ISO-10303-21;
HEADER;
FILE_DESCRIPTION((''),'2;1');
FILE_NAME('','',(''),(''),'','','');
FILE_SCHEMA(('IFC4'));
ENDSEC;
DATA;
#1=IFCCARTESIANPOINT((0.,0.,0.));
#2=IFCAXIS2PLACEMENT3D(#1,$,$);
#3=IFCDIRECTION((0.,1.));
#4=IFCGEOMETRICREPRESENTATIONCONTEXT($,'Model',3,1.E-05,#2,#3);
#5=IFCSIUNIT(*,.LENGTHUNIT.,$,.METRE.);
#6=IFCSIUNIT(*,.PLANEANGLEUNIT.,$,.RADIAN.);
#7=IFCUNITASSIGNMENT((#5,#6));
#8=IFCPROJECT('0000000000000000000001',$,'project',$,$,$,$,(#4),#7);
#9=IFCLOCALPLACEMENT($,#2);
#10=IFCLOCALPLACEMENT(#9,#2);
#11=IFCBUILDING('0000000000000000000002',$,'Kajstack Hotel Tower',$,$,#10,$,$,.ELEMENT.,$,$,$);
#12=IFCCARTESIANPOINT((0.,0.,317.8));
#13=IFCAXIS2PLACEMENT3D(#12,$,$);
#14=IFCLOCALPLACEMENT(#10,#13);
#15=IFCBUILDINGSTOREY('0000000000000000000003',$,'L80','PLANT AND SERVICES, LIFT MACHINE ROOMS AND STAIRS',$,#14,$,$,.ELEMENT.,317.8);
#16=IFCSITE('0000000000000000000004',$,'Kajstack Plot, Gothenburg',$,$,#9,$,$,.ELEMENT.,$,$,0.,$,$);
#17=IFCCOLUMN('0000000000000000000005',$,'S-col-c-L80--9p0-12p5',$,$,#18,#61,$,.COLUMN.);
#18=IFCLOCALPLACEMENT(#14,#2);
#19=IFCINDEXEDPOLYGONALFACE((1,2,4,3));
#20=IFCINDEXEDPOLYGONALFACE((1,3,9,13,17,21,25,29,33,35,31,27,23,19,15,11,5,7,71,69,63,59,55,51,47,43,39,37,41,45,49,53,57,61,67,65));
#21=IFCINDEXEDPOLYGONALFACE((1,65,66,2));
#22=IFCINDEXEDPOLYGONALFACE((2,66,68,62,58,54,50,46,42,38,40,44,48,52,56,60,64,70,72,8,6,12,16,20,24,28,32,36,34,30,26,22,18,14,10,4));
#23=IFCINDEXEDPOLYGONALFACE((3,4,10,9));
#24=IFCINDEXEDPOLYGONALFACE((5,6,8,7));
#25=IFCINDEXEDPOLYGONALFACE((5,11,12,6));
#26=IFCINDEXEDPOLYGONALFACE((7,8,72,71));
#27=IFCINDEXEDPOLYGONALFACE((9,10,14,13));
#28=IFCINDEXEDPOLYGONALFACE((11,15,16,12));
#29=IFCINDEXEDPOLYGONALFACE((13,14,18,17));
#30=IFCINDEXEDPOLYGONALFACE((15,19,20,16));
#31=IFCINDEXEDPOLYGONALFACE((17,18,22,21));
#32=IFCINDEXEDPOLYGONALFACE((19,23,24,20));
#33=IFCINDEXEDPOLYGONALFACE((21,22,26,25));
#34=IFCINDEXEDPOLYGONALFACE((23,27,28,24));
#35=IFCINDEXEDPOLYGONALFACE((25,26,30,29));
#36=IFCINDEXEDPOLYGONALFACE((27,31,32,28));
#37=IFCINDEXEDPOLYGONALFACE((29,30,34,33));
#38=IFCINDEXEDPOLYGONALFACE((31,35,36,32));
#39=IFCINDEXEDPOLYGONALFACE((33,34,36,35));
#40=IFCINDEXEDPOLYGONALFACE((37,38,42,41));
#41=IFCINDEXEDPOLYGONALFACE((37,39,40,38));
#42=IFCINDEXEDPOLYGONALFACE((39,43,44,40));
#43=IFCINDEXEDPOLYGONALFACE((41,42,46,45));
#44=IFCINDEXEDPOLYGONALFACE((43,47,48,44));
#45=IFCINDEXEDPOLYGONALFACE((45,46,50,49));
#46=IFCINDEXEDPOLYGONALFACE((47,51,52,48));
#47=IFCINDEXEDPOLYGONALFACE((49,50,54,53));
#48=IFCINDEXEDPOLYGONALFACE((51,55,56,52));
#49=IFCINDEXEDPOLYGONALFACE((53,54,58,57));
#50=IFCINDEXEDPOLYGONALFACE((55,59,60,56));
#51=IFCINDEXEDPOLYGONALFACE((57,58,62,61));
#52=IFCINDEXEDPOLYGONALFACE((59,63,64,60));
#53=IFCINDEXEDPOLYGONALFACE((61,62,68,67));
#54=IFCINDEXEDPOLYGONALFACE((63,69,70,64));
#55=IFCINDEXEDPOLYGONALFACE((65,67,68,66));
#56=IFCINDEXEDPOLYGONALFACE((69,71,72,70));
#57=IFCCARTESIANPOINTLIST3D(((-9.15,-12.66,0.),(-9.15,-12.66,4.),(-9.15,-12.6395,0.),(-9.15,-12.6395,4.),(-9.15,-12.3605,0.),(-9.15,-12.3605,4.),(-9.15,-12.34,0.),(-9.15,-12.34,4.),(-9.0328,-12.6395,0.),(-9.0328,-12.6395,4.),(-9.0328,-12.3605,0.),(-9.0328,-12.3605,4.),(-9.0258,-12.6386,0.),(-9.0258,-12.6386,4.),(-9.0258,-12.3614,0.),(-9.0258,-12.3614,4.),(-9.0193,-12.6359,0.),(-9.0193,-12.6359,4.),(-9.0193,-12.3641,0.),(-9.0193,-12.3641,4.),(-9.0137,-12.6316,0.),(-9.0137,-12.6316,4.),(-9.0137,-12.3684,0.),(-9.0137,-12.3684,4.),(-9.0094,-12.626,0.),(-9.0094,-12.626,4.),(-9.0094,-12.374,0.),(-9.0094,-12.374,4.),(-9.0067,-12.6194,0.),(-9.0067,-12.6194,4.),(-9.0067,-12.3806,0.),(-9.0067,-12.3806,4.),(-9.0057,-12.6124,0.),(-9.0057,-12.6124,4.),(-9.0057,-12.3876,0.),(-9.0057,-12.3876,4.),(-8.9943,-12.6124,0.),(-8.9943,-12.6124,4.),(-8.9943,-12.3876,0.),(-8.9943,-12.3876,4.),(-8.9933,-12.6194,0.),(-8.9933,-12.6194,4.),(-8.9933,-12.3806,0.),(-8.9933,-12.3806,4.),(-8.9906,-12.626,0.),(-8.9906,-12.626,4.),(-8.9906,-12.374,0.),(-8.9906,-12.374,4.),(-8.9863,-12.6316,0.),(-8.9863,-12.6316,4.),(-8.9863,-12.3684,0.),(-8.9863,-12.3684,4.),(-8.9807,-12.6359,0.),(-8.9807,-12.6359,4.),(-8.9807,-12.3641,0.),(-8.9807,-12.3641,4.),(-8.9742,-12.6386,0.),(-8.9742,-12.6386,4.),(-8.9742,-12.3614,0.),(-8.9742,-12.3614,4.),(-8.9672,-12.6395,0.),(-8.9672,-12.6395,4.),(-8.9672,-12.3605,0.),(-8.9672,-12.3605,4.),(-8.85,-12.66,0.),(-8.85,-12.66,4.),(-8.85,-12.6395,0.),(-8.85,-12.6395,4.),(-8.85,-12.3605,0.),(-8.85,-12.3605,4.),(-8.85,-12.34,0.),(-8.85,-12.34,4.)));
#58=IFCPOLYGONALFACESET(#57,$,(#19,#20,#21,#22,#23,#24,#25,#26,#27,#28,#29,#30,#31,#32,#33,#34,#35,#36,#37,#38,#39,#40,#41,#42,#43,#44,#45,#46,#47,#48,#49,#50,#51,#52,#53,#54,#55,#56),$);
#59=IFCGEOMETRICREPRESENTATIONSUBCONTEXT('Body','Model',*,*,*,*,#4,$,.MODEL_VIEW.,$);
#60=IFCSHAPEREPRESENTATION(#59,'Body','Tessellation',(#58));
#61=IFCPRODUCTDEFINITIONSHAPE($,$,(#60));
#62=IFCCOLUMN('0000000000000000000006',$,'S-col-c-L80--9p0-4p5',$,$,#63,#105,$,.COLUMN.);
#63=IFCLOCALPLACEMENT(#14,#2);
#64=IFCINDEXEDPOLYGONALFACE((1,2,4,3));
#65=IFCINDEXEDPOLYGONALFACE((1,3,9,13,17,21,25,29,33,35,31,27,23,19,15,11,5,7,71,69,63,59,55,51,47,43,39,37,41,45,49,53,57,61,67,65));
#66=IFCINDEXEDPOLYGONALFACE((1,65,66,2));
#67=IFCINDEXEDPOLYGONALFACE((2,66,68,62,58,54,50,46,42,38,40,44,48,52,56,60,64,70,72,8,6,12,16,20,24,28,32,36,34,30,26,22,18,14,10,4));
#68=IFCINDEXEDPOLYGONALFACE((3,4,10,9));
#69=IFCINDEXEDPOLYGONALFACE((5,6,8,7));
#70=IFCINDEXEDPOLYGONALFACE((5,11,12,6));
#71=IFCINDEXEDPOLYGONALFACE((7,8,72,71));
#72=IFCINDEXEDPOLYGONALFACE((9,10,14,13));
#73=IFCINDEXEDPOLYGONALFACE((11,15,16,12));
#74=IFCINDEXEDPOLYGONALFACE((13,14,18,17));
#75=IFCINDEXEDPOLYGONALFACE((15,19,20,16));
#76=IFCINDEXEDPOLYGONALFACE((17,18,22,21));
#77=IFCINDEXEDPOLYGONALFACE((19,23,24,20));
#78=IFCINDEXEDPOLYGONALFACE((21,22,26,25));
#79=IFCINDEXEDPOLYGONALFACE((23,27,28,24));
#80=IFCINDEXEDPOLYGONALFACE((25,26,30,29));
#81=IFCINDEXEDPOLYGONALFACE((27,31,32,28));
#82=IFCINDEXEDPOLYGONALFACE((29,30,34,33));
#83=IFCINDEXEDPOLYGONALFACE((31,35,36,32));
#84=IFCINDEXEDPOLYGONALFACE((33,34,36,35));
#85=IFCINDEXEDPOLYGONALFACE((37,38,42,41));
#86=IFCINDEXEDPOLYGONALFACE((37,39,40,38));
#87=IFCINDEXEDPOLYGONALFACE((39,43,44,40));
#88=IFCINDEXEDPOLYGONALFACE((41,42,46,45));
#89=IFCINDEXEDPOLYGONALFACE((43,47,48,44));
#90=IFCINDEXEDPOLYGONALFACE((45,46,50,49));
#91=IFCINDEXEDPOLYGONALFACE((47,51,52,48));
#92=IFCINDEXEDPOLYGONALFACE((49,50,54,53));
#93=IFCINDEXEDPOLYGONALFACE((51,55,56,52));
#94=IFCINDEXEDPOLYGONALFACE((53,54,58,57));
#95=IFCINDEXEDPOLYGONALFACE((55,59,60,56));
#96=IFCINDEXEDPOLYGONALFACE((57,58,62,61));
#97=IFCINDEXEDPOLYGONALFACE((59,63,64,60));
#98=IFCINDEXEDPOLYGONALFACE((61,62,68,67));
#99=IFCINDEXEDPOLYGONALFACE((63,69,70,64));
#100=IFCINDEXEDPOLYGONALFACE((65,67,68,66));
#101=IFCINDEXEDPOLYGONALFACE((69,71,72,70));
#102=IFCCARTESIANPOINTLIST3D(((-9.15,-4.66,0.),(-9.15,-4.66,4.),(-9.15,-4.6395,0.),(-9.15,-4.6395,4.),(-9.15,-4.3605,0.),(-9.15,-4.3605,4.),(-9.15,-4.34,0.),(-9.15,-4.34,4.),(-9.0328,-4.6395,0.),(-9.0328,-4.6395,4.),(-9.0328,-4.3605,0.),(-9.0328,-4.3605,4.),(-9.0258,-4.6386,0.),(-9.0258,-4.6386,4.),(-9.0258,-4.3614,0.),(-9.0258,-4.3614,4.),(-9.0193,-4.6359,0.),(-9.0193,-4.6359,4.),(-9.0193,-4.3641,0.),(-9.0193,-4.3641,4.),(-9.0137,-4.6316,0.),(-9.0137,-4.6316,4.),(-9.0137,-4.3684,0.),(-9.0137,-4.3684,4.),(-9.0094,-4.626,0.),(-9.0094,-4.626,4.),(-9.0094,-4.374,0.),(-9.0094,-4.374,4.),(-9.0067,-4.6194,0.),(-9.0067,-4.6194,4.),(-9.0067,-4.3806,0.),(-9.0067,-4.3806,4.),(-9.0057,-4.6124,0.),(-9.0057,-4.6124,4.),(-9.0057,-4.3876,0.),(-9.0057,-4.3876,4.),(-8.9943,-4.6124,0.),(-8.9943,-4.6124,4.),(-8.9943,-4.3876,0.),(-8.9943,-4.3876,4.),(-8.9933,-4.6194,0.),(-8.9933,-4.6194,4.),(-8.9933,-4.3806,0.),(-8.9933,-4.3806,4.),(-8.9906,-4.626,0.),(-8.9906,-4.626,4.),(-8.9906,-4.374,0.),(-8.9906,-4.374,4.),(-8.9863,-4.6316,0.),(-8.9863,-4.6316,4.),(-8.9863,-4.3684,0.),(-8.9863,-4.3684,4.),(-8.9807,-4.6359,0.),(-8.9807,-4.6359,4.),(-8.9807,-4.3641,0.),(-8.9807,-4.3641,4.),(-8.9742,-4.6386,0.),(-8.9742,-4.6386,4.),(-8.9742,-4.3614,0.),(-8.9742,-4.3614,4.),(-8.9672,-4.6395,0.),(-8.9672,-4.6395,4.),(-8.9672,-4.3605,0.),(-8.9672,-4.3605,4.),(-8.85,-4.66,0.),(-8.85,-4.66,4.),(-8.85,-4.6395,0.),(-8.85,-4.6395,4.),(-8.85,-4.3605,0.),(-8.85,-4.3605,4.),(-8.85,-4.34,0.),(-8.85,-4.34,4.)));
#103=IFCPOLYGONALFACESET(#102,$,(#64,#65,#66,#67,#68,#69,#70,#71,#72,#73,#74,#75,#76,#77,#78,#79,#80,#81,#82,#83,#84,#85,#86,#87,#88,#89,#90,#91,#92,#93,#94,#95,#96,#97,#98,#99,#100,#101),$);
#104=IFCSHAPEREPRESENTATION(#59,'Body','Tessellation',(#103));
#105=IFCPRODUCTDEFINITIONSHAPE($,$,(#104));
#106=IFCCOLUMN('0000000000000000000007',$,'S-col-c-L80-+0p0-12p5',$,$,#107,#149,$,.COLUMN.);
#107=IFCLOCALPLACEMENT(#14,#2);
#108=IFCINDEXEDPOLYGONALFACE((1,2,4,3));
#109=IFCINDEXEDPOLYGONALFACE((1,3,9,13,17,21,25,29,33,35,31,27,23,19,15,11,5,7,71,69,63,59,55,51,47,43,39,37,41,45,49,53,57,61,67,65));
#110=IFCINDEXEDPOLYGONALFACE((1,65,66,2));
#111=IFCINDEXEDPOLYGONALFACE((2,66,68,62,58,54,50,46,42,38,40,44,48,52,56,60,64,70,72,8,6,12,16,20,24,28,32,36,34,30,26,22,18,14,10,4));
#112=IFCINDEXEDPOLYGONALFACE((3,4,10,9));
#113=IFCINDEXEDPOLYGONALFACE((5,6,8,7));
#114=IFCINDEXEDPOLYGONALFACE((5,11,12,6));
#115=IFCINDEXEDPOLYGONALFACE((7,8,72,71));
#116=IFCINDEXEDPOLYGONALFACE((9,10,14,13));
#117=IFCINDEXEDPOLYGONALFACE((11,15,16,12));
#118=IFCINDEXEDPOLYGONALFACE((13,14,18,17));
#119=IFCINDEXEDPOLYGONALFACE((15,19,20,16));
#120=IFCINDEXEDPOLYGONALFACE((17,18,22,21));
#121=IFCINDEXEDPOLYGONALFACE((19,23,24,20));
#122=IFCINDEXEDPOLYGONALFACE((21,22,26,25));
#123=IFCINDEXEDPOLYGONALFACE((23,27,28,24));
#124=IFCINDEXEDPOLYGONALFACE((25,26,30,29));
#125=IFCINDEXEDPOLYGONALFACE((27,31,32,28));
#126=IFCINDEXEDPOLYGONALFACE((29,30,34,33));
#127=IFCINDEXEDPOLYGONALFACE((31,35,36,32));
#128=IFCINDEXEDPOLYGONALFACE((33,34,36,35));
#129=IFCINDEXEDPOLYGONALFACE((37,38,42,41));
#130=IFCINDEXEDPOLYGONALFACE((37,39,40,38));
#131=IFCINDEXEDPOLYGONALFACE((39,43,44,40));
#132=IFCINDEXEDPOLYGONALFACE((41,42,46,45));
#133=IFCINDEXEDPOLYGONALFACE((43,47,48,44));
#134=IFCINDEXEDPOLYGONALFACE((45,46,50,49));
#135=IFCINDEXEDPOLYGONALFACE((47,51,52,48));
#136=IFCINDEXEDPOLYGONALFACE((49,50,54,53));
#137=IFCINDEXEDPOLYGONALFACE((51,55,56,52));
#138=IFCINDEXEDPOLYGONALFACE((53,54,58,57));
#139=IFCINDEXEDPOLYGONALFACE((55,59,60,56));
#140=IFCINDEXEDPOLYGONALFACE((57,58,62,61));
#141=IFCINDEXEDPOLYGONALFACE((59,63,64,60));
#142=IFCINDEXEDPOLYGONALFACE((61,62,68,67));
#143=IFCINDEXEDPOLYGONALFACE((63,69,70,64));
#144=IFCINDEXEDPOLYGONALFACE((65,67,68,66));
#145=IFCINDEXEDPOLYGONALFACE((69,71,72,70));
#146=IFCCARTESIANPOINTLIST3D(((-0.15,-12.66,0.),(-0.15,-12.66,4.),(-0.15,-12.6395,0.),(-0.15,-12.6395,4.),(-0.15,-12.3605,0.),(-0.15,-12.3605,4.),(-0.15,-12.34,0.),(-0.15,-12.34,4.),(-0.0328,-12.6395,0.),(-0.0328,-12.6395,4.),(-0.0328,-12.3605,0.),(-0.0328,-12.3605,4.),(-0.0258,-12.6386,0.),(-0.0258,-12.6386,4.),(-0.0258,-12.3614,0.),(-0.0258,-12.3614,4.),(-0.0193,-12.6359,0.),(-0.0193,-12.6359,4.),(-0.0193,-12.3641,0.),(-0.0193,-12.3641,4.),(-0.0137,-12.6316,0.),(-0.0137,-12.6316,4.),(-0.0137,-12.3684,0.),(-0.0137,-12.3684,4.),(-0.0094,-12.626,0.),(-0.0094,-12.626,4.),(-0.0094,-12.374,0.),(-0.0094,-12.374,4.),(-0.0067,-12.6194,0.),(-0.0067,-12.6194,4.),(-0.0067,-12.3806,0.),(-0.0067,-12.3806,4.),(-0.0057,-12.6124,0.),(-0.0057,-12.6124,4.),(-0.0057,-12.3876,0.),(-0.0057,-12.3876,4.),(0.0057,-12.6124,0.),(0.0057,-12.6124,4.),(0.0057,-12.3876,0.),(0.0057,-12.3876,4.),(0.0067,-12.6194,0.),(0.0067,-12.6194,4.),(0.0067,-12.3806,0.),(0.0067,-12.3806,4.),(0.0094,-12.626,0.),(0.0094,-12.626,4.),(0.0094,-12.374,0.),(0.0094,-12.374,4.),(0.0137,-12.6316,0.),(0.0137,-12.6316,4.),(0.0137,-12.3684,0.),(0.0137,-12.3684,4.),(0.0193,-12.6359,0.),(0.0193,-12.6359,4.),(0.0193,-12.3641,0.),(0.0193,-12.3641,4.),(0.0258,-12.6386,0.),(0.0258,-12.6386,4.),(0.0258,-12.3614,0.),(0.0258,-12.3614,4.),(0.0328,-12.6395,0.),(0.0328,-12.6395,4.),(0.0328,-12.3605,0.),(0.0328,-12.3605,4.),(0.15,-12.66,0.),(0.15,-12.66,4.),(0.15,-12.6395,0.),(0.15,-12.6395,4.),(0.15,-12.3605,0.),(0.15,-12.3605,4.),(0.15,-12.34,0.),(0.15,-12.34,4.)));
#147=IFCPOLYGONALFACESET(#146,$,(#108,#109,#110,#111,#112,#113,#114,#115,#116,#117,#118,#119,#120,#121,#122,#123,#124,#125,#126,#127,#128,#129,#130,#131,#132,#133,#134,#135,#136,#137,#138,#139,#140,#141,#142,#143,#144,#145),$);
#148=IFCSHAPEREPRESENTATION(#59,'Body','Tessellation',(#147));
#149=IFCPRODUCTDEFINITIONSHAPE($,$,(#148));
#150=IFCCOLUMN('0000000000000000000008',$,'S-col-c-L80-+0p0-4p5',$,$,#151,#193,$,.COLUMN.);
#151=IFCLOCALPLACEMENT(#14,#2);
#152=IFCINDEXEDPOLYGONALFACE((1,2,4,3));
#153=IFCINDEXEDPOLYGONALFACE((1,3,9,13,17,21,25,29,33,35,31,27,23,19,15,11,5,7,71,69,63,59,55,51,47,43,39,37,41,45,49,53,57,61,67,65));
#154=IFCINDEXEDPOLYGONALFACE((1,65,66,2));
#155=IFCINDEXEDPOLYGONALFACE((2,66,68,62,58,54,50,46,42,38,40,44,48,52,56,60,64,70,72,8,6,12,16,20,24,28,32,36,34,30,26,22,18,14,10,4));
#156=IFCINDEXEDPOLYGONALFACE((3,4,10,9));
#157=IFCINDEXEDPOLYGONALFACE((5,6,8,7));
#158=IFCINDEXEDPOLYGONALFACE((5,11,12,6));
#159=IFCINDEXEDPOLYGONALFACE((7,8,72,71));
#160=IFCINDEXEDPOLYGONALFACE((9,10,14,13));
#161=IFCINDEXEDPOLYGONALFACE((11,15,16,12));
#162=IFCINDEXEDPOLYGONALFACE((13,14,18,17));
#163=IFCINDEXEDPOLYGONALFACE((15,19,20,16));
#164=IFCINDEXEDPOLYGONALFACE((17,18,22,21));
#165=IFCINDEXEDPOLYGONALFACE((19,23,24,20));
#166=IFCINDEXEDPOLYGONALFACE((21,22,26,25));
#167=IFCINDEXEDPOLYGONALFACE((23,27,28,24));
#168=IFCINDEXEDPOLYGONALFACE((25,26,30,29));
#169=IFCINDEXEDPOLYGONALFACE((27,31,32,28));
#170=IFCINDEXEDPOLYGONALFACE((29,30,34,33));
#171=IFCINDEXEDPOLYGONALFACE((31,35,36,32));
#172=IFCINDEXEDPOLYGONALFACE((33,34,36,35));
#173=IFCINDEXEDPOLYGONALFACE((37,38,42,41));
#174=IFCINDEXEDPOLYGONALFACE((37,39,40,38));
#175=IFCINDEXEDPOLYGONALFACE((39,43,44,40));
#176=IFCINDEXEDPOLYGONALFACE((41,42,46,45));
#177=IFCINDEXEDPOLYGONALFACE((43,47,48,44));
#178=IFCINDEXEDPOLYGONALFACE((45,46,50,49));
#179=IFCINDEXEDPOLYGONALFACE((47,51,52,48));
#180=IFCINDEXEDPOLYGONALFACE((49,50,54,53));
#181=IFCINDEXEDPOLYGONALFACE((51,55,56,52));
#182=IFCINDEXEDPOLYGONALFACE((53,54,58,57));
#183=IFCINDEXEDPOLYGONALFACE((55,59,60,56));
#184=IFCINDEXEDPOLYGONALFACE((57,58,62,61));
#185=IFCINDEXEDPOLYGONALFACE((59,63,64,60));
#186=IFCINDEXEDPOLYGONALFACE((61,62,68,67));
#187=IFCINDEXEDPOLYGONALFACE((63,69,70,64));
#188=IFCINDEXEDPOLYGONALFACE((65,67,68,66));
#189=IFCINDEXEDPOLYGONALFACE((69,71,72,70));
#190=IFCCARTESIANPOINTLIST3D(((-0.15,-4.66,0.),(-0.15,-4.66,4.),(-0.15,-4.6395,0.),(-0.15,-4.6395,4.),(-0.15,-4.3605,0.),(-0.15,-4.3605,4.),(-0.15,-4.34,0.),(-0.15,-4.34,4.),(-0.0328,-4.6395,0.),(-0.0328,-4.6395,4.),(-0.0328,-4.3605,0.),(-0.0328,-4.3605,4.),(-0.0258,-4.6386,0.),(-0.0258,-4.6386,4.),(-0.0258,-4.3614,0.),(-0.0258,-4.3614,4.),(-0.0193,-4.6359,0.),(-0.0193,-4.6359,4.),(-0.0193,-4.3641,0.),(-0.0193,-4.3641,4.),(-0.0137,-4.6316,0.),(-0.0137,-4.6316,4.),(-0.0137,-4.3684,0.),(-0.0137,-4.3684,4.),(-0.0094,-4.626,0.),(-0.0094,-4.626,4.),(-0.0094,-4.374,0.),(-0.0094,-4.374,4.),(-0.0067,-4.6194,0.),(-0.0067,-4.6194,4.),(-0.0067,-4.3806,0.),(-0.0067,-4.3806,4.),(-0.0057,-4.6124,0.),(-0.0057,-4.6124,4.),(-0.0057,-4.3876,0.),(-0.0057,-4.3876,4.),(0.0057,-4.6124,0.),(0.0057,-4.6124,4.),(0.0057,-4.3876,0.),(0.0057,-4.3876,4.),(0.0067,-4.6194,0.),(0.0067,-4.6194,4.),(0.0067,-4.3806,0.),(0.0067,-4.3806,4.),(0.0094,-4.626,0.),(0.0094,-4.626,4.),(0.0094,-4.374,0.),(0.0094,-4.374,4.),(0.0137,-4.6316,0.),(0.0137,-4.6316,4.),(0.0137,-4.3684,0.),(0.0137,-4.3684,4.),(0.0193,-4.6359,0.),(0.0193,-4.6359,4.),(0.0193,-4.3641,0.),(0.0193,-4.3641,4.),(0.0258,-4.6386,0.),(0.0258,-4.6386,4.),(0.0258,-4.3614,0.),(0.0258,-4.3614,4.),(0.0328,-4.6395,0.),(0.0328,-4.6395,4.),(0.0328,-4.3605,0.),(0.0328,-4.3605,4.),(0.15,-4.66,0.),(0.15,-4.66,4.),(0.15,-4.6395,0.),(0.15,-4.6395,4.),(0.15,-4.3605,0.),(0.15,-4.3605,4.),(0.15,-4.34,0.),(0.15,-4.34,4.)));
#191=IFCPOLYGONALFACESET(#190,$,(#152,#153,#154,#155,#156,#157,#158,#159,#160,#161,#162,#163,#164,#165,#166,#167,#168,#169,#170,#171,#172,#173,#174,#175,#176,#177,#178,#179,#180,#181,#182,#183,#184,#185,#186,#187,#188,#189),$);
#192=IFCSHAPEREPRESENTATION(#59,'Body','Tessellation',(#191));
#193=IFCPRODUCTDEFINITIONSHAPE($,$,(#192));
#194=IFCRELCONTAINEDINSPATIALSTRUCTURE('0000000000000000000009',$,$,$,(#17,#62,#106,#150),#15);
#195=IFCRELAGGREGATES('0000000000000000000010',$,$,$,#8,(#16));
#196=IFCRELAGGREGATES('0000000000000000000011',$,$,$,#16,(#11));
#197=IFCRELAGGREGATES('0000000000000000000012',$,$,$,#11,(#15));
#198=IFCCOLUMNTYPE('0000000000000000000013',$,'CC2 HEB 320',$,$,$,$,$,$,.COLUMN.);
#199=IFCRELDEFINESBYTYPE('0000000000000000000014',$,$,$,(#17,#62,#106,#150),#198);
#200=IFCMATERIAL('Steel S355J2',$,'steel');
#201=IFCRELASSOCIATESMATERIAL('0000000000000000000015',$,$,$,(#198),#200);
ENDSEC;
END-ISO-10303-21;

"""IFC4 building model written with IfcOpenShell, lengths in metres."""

from ifc_helpers import new_model, si_unit, direction, frame, origin, origin_2d, place, context, subcontext, project, spatial, i_section, extrude, material, material_profile, profile_set, type_object, element, save


model = new_model("IFC4")

# Units and contexts
model_context = context("Model", 3, precision=1e-05, world=origin(), true_north=direction((0.0, 1.0)))
body_context = subcontext(model_context, "Body", "Model", "MODEL_VIEW")
ifc_project = project(units=[si_unit("LENGTHUNIT", "METRE"), si_unit("PLANEANGLEUNIT", "RADIAN")], contexts=[model_context])

# Site, building, storey
site_placement = place(None, origin())
site = spatial("IfcSite", under=ifc_project, at=site_placement, Name="Kajstack Plot, Gothenburg", CompositionType="ELEMENT", RefElevation=0.0)
building_placement = place(site_placement, origin())
building = spatial("IfcBuilding", under=site, at=building_placement, Name="Kajstack Hotel Tower", CompositionType="ELEMENT")
storey_placement = place(building_placement, frame((0.0, 0.0, 317.8)))
storey = spatial("IfcBuildingStorey", under=building, at=storey_placement, Name="L80", Description="PLANT AND SERVICES, LIFT MACHINE ROOMS AND STAIRS", CompositionType="ELEMENT", Elevation=317.8)

# Columns
ifc_material_1 = material(Name="Steel S355J2", Category="steel")
ifc_material_profile_1 = material_profile(ifc_material_1, i_section(OverallWidth=0.3, OverallDepth=0.3201, WebThickness=0.0115, FlangeThickness=0.0205, FilletRadius=0.0271, at=origin_2d()), Name="HEB 320")
ifc_profile_set_1 = profile_set([ifc_material_profile_1], Name="Steel S355J2")
column_type = type_object("IfcColumnType", Name="CC2 HEB 320", PredefinedType="COLUMN", material=ifc_profile_set_1)
for number, where, z_axis, x_axis, name in (
    (1, (-9.0, -12.5, 0.0), (0.0, 0.0, 1.0), (1.0, 0.0, 0.0), "S-col-c-L80--9p0-12p5"),
    (2, (-9.0, -4.5, 0.0), (0.0, 0.0, 1.0), (1.0, 0.0, 0.0), "S-col-c-L80--9p0-4p5"),
    (3, (0.0, -12.5, 0.0), (0.0, 0.0, 1.0), (1.0, 0.0, 0.0), "S-col-c-L80-+0p0-12p5"),
    (4, (0.0, -4.5, 0.0), (0.0, 0.0, 1.0), (1.0, 0.0, 0.0), "S-col-c-L80-+0p0-4p5"),
):
    element("IfcColumn", number, at=place(storey_placement, frame(where, z_axis=z_axis, x_axis=x_axis)), inside=storey, type_object=column_type, Name=name, PredefinedType="COLUMN", context=body_context, shape_type="SweptSolid", body=[
        extrude(i_section(OverallWidth=0.3, OverallDepth=0.3201, WebThickness=0.0115, FlangeThickness=0.0205, FilletRadius=0.0271, at=origin_2d()), origin(), (0.0, 0.0, 1.0), 4.0),
    ])

save(model, "model.ifc")
